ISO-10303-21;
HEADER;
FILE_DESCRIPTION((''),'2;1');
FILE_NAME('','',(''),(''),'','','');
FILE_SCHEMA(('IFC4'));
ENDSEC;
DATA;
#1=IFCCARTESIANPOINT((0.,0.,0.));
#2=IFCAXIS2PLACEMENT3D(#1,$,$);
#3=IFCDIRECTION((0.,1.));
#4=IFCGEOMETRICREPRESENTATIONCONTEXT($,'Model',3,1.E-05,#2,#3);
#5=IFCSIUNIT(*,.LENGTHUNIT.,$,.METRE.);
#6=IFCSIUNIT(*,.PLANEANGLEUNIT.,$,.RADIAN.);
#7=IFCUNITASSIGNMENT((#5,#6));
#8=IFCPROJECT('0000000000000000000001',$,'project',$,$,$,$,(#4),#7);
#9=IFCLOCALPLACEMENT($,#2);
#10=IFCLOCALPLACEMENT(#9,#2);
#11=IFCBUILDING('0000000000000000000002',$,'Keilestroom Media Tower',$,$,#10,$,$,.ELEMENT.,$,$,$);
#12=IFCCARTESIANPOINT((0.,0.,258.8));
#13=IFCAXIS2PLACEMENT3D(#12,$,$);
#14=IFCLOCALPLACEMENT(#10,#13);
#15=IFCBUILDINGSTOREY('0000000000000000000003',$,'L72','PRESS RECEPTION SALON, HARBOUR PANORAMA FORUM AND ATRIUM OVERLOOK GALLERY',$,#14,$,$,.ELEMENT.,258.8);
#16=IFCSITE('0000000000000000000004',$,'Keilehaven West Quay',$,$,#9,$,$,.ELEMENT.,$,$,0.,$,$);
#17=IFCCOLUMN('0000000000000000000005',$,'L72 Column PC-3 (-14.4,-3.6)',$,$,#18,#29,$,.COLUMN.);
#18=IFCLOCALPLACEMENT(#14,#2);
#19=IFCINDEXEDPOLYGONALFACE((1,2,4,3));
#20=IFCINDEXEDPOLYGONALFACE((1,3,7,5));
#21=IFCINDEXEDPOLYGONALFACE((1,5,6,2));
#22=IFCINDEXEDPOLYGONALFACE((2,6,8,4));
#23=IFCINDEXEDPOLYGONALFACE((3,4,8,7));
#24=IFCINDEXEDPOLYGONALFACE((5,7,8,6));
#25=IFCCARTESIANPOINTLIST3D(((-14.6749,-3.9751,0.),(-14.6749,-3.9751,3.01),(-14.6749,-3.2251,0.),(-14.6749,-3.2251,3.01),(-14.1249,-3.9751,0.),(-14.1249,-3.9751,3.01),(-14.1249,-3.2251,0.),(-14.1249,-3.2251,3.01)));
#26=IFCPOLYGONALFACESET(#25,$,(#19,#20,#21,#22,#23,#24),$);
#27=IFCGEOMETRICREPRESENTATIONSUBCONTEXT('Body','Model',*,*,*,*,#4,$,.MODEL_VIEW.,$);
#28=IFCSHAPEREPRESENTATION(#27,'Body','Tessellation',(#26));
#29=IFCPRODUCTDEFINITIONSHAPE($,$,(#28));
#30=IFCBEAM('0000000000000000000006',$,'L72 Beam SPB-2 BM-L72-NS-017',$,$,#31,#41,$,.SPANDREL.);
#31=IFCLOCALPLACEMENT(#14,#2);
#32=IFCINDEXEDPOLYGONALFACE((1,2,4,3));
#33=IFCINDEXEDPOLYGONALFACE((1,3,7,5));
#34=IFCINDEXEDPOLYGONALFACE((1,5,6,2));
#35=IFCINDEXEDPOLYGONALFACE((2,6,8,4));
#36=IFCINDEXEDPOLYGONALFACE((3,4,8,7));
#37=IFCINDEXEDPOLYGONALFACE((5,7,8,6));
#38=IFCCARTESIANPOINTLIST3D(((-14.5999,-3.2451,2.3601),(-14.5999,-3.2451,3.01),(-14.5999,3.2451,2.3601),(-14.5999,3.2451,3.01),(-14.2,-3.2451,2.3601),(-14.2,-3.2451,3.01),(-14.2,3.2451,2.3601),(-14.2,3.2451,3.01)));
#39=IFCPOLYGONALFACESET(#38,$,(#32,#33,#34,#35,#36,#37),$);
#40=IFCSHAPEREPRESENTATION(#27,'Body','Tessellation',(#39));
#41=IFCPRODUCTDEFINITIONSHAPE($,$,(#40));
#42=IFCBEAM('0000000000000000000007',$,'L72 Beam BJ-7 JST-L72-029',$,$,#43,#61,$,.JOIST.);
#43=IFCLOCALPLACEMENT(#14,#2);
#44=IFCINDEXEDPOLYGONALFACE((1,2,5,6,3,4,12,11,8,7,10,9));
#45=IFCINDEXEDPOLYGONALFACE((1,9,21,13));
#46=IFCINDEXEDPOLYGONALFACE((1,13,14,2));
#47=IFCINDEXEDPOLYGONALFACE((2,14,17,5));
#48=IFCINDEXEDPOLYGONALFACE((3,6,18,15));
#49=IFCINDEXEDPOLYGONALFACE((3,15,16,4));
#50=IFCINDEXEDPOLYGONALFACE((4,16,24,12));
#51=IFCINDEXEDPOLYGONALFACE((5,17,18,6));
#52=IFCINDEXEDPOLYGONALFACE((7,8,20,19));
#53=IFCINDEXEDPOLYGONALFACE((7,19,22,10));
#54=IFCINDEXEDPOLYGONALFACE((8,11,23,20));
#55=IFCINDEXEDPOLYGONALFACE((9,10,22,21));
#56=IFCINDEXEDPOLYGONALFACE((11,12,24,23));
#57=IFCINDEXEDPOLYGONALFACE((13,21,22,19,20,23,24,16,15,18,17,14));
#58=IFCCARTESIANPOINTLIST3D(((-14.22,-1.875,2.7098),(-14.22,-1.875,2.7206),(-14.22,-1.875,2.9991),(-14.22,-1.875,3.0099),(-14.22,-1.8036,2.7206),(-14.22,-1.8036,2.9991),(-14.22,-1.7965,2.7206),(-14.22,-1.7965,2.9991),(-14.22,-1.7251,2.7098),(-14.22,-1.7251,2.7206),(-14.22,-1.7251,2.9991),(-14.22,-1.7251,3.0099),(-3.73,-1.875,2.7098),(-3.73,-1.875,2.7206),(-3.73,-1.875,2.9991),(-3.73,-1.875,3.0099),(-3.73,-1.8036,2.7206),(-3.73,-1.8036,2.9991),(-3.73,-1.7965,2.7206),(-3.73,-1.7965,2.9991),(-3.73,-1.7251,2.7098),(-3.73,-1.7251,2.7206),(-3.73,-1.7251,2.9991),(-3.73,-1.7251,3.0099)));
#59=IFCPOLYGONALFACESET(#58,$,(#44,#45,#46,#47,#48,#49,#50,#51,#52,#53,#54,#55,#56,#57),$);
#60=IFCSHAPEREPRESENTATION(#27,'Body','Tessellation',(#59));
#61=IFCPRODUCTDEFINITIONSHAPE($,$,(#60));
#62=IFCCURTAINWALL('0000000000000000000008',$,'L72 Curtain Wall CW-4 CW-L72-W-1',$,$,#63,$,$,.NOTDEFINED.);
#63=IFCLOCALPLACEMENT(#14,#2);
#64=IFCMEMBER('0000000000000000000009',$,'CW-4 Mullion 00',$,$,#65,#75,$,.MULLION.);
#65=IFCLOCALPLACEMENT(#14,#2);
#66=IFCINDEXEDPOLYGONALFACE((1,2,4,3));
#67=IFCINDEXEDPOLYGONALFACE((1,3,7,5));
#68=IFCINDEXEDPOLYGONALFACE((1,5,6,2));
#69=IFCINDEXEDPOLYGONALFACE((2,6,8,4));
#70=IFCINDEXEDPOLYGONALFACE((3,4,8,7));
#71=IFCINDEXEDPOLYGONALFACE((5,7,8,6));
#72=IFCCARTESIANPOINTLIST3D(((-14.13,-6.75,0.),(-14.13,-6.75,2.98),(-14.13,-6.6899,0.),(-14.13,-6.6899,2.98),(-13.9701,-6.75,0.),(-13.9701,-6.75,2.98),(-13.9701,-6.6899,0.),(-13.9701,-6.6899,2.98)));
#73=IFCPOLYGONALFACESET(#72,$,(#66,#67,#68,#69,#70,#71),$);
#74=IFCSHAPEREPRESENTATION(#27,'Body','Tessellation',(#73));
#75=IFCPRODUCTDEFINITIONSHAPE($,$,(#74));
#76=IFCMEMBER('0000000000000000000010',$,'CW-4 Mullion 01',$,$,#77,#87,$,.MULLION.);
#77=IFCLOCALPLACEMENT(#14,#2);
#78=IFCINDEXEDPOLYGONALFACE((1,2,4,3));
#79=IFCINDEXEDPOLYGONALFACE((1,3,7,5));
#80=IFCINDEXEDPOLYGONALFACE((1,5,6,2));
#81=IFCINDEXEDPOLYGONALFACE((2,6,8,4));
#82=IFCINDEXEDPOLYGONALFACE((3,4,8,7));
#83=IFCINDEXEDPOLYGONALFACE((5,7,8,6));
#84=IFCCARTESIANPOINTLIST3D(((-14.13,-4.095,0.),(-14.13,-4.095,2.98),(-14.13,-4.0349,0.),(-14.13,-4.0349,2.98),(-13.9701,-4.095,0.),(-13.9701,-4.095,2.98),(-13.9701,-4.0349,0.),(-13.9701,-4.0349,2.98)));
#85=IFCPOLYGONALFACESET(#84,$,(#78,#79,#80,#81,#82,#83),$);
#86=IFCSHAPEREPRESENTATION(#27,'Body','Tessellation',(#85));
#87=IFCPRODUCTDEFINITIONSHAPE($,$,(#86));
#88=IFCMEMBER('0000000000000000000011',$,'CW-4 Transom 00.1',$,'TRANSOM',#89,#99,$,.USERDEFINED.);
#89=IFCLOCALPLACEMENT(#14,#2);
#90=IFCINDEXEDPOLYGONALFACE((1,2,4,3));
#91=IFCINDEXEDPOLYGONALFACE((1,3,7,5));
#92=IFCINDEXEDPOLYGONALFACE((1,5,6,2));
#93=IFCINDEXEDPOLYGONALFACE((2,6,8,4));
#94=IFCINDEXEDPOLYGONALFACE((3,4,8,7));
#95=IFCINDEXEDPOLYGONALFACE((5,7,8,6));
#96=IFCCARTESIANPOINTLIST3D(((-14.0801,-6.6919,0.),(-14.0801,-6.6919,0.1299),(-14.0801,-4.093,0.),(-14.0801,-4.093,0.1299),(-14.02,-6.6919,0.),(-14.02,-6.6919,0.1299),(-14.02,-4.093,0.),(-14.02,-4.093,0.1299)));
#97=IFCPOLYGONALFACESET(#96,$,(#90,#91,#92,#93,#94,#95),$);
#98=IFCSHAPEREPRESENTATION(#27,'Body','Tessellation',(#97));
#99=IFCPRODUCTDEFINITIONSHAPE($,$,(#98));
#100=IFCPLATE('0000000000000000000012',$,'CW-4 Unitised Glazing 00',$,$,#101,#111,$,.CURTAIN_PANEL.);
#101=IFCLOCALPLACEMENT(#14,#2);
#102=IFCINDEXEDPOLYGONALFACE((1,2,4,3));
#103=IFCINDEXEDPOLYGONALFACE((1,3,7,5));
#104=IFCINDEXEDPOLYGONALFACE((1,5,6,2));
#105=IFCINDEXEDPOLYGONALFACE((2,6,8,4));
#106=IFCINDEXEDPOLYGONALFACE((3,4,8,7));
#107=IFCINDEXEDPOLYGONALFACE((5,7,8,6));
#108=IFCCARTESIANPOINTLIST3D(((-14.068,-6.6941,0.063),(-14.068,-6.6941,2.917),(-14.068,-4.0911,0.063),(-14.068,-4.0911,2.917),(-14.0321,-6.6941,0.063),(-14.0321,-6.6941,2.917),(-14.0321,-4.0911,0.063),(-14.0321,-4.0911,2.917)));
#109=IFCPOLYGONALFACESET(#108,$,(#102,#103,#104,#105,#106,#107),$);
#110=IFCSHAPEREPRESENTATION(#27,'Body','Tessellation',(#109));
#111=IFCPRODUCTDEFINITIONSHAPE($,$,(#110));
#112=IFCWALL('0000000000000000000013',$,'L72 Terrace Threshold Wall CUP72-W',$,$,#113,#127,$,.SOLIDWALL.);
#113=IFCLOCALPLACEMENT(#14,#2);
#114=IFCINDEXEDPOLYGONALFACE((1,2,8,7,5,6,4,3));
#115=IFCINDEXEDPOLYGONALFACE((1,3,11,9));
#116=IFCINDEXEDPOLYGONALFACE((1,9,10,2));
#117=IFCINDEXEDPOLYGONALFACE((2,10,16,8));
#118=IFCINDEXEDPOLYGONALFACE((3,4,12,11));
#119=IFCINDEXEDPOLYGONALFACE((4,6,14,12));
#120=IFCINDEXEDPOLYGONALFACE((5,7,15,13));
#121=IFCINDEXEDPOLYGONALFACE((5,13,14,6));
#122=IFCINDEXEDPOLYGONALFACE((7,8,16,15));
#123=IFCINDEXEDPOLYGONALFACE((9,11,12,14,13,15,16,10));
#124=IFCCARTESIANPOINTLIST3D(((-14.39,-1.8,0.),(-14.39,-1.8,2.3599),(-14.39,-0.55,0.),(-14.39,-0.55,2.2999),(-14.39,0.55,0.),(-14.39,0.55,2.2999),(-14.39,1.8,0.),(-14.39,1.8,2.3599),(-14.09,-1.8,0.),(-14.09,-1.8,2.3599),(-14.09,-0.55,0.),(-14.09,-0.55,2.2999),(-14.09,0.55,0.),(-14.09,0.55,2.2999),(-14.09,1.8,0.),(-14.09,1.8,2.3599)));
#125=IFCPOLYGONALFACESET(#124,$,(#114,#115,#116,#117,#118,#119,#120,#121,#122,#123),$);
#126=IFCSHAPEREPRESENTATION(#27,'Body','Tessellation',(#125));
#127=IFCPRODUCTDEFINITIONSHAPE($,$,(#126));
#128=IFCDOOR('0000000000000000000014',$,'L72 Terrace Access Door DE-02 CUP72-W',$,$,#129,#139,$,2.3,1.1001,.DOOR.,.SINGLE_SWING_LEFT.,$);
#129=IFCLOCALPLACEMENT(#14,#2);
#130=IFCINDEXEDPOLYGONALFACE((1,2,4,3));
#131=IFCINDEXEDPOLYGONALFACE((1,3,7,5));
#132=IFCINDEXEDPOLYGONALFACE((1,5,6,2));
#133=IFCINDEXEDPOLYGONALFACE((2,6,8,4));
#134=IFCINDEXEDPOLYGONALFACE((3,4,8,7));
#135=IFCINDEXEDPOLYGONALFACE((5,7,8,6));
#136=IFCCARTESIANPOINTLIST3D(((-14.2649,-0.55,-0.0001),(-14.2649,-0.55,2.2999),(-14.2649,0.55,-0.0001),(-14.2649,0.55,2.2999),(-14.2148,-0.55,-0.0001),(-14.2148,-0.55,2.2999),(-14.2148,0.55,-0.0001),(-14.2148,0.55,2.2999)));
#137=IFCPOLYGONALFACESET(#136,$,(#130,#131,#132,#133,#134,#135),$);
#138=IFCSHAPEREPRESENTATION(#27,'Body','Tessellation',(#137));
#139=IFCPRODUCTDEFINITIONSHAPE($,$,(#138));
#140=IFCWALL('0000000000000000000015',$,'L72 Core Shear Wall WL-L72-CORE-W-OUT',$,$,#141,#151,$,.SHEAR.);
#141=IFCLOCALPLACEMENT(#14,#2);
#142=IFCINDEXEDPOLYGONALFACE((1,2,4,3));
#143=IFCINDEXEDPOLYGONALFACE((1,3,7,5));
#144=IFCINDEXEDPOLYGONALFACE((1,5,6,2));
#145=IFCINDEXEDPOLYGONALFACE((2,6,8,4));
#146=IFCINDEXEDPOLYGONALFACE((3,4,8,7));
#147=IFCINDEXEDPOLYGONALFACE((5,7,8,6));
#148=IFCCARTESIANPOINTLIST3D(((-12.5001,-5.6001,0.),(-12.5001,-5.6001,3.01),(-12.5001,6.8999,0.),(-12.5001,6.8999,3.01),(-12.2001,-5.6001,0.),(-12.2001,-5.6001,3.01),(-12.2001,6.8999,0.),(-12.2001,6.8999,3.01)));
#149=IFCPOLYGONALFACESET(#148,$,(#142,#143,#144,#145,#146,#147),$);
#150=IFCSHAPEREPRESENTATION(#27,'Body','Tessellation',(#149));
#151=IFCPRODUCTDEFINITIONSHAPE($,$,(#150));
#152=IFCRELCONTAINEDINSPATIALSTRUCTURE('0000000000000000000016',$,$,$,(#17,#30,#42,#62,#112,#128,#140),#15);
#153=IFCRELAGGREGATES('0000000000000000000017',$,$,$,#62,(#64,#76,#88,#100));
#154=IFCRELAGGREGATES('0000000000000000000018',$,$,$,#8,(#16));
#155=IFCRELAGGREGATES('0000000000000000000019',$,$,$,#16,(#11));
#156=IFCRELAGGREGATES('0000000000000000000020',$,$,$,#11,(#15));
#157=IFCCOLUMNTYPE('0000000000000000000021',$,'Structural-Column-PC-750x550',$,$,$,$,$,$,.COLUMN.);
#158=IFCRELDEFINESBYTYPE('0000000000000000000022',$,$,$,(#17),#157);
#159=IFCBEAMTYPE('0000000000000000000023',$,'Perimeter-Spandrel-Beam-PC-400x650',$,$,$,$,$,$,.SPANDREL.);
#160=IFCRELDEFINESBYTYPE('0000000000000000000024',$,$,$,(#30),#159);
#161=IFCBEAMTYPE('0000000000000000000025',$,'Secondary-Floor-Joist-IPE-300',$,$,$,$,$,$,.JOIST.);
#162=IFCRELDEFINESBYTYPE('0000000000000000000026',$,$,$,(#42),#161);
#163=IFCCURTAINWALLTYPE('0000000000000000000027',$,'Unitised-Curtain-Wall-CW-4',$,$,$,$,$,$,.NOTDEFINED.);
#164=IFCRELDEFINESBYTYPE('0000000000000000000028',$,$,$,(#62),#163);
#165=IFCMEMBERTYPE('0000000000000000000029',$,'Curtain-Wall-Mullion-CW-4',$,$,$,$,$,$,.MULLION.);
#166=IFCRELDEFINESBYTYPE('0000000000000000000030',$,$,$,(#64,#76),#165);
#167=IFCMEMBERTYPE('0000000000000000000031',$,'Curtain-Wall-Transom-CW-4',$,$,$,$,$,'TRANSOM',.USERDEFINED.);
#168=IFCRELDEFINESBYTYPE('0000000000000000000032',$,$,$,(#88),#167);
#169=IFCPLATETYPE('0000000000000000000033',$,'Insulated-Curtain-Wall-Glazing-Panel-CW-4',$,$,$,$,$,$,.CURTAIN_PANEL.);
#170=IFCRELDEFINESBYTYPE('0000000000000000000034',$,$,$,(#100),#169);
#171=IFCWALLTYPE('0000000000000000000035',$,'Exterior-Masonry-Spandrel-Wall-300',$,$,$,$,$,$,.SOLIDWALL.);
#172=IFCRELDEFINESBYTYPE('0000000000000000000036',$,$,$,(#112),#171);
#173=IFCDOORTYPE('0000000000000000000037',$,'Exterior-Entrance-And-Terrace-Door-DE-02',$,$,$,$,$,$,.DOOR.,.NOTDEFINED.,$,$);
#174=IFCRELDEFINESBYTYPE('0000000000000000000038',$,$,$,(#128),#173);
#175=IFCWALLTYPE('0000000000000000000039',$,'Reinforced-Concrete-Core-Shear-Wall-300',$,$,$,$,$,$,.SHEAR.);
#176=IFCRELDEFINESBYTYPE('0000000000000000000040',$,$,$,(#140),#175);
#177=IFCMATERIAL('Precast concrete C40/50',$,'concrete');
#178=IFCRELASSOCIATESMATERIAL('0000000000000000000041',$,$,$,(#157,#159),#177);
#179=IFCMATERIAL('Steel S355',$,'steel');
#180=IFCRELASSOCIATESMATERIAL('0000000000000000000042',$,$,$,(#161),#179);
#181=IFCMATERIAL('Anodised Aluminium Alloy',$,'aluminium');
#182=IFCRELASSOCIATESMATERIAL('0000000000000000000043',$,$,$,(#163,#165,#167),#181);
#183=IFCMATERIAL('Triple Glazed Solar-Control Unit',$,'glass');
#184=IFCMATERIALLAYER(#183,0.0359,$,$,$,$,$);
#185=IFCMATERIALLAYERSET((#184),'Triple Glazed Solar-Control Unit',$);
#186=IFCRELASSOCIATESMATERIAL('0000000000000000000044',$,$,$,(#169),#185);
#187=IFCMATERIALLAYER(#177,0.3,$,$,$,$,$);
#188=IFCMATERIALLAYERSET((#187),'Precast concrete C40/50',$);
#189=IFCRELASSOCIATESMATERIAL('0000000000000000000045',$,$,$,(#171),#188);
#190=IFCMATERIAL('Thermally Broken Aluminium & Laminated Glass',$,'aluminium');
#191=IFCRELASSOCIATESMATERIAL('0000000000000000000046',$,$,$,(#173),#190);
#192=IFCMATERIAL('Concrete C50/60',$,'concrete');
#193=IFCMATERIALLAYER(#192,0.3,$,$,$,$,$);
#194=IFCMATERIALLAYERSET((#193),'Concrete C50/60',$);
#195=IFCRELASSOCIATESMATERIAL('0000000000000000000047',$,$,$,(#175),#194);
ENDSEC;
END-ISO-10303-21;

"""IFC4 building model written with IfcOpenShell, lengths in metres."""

from ifc_helpers import new_model, si_unit, direction, frame, frame_2d, origin, origin_2d, place, context, subcontext, project, spatial, rectangle, i_section, extrude, source, transform, mapped, material, layer, layer_set, material_profile, profile_set, type_object, element, fill, aggregate, save


model = new_model("IFC4")

# Units and contexts
model_context = context("Model", 3, precision=1e-05, world=origin(), true_north=direction((0.0, 1.0)))
body_context = subcontext(model_context, "Body", "Model", "MODEL_VIEW")
ifc_project = project(units=[si_unit("LENGTHUNIT", "METRE"), si_unit("PLANEANGLEUNIT", "RADIAN")], contexts=[model_context])

# Site, building, storey
site_placement = place(None, origin())
site = spatial("IfcSite", under=ifc_project, at=site_placement, Name="Keilehaven West Quay", CompositionType="ELEMENT", RefElevation=0.0)
building_placement = place(site_placement, origin())
building = spatial("IfcBuilding", under=site, at=building_placement, Name="Keilestroom Media Tower", CompositionType="ELEMENT")
storey_placement = place(building_placement, frame((0.0, 0.0, 258.8)))
storey = spatial("IfcBuildingStorey", under=building, at=storey_placement, Name="L72", Description="PRESS RECEPTION SALON, HARBOUR PANORAMA FORUM AND ATRIUM OVERLOOK GALLERY", CompositionType="ELEMENT", Elevation=258.8)

# Column
ifc_material_1 = material(Name="Precast concrete C40/50", Category="concrete")
ifc_material_profile_1 = material_profile(ifc_material_1, rectangle(XDim=0.55, YDim=0.75, at=origin_2d()), Name="PC 750x550")
ifc_profile_set_1 = profile_set([ifc_material_profile_1], Name="Precast concrete C40/50")
column_type = type_object("IfcColumnType", Name="Structural-Column-PC-750x550", PredefinedType="COLUMN", material=ifc_profile_set_1)
shared_shape_1 = source(origin(), body_context, "Body", "SweptSolid", [
    extrude(rectangle(XDim=0.55, YDim=0.75, at=origin_2d()), origin(), (0.0, 0.0, 1.0), 3.01),
])
column_placement = place(storey_placement, frame((-14.3999, -3.6001, 0.0), z_axis=(0.0, 0.0, 1.0), x_axis=(1.0, 0.0, 0.0)))
element("IfcColumn", 1, at=column_placement, inside=storey, type_object=column_type, Name="L72 Column PC-3 (-14.4,-3.6)", PredefinedType="COLUMN", context=body_context, shape_type="MappedRepresentation", body=[
    mapped(shared_shape_1, transform((0.0, 0.0, 0.0), x_axis=(1.0, 0.0, 0.0), y_axis=(0.0, 1.0, 0.0), z_axis=(0.0, 0.0, 1.0), scale=1.0)),
])

# Beams
ifc_material_profile_2 = material_profile(ifc_material_1, rectangle(XDim=0.3999, YDim=0.6499, at=origin_2d()), Name="PC 400x650")
ifc_profile_set_2 = profile_set([ifc_material_profile_2], Name="Precast concrete C40/50")
beam_type_1 = type_object("IfcBeamType", Name="Perimeter-Spandrel-Beam-PC-400x650", PredefinedType="SPANDREL", material=ifc_profile_set_2)
shared_shape_2 = source(origin(), body_context, "Body", "SweptSolid", [
    extrude(rectangle(XDim=0.3999, YDim=0.6499, at=origin_2d()), origin(), (0.0, 0.0, 1.0), 6.4902),
])
beam_1_placement = place(storey_placement, frame((-14.3999, -3.2451, 2.6851), z_axis=(0.0, 1.0, 0.0), x_axis=(-1.0, 0.0, 0.0)))
element("IfcBeam", 2, at=beam_1_placement, inside=storey, type_object=beam_type_1, Name="L72 Beam SPB-2 BM-L72-NS-017", PredefinedType="SPANDREL", context=body_context, shape_type="MappedRepresentation", body=[
    mapped(shared_shape_2, transform((0.0, 0.0, 0.0), x_axis=(1.0, 0.0, 0.0), y_axis=(0.0, 1.0, 0.0), z_axis=(0.0, 0.0, 1.0), scale=1.0)),
])
ifc_material_2 = material(Name="Steel S355", Category="steel")
ifc_material_profile_3 = material_profile(ifc_material_2, i_section(OverallWidth=0.1499, OverallDepth=0.3, WebThickness=0.0071, FlangeThickness=0.0107, at=origin_2d()), Name="IPE 300")
ifc_profile_set_3 = profile_set([ifc_material_profile_3], Name="Steel S355")
beam_type_2 = type_object("IfcBeamType", Name="Secondary-Floor-Joist-IPE-300", PredefinedType="JOIST", material=ifc_profile_set_3)
shared_shape_3 = source(origin(), body_context, "Body", "SweptSolid", [
    extrude(i_section(OverallWidth=0.1499, OverallDepth=0.3, WebThickness=0.0071, FlangeThickness=0.0107, at=origin_2d()), origin(), (0.0, 0.0, 1.0), 10.49),
])
beam_2_placement = place(storey_placement, frame((-14.22, -1.8, 2.8599), z_axis=(1.0, 0.0, 0.0), x_axis=(0.0, 1.0, 0.0)))
element("IfcBeam", 3, at=beam_2_placement, inside=storey, type_object=beam_type_2, Name="L72 Beam BJ-7 JST-L72-029", PredefinedType="JOIST", context=body_context, shape_type="MappedRepresentation", body=[
    mapped(shared_shape_3, transform((0.0, 0.0, 0.0), x_axis=(1.0, 0.0, 0.0), y_axis=(0.0, 1.0, 0.0), z_axis=(0.0, 0.0, 1.0), scale=1.0)),
])

# Curtain wall, members, plate
ifc_material_3 = material(Name="Anodised Aluminium Alloy", Category="aluminium")
curtain_wall_type = type_object("IfcCurtainWallType", Name="Unitised-Curtain-Wall-CW-4", PredefinedType="NOTDEFINED", material=ifc_material_3)
curtain_wall_placement = place(storey_placement, origin())
curtain_wall = element("IfcCurtainWall", 4, at=curtain_wall_placement, inside=storey, type_object=curtain_wall_type, Name="L72 Curtain Wall CW-4 CW-L72-W-1", PredefinedType="NOTDEFINED")
ifc_material_profile_4 = material_profile(ifc_material_3, rectangle(XDim=0.0601, YDim=0.1599, at=origin_2d()), Name="ALU MULLION 60x160")
ifc_profile_set_4 = profile_set([ifc_material_profile_4], Name="Anodised Aluminium Alloy")
member_type_1 = type_object("IfcMemberType", Name="Curtain-Wall-Mullion-CW-4", PredefinedType="MULLION", material=ifc_profile_set_4)
shared_shape_4 = source(origin(), body_context, "Body", "SweptSolid", [
    extrude(rectangle(XDim=0.0601, YDim=0.1599, at=origin_2d()), origin(), (0.0, 0.0, 1.0), 2.98),
])
member_1_placement = place(storey_placement, frame((-14.05, -6.72, 0.0), z_axis=(0.0, 0.0, 1.0), x_axis=(0.0, 1.0, 0.0)))
member_1 = element("IfcMember", 5, at=member_1_placement, type_object=member_type_1, Name="CW-4 Mullion 00", PredefinedType="MULLION", context=body_context, shape_type="MappedRepresentation", body=[
    mapped(shared_shape_4, transform((0.0, 0.0, 0.0), x_axis=(1.0, 0.0, 0.0), y_axis=(0.0, 1.0, 0.0), z_axis=(0.0, 0.0, 1.0), scale=1.0)),
])
member_2_placement = place(storey_placement, frame((-14.05, -4.0649, 0.0), z_axis=(0.0, 0.0, 1.0), x_axis=(0.0, 1.0, 0.0)))
member_2 = element("IfcMember", 6, at=member_2_placement, type_object=member_type_1, Name="CW-4 Mullion 01", PredefinedType="MULLION", context=body_context, shape_type="MappedRepresentation", body=[
    mapped(shared_shape_4, transform((0.0, 0.0, 0.0), x_axis=(1.0, 0.0, 0.0), y_axis=(0.0, 1.0, 0.0), z_axis=(0.0, 0.0, 1.0), scale=1.0)),
])
ifc_material_profile_5 = material_profile(ifc_material_3, rectangle(XDim=0.0601, YDim=0.1299, at=origin_2d()), Name="ALU TRANSOM 60x130")
ifc_profile_set_5 = profile_set([ifc_material_profile_5], Name="Anodised Aluminium Alloy")
member_type_2 = type_object("IfcMemberType", Name="Curtain-Wall-Transom-CW-4", ElementType="TRANSOM", PredefinedType="USERDEFINED", material=ifc_profile_set_5)
shared_shape_5 = source(origin(), body_context, "Body", "SweptSolid", [
    extrude(rectangle(XDim=0.0601, YDim=0.1299, at=origin_2d()), origin(), (0.0, 0.0, 1.0), 2.5989),
])
member_3_placement = place(storey_placement, frame((-14.05, -6.6919, 0.0649), z_axis=(0.0, 1.0, 0.0), x_axis=(-1.0, 0.0, 0.0)))
member_3 = element("IfcMember", 7, at=member_3_placement, type_object=member_type_2, Name="CW-4 Transom 00.1", ObjectType="TRANSOM", PredefinedType="USERDEFINED", context=body_context, shape_type="MappedRepresentation", body=[
    mapped(shared_shape_5, transform((0.0, 0.0, 0.0), x_axis=(1.0, 0.0, 0.0), y_axis=(0.0, 1.0, 0.0), z_axis=(0.0, 0.0, 1.0), scale=1.0)),
])
ifc_material_4 = material(Name="Triple Glazed Solar-Control Unit", Category="glass")
ifc_layer_1 = layer(ifc_material_4, 0.0359)
ifc_layer_set_1 = layer_set([ifc_layer_1], Name="Triple Glazed Solar-Control Unit")
plate_type = type_object("IfcPlateType", Name="Insulated-Curtain-Wall-Glazing-Panel-CW-4", PredefinedType="CURTAIN_PANEL", material=ifc_layer_set_1)
shared_shape_6 = source(origin(), body_context, "Body", "SweptSolid", [
    extrude(rectangle(XDim=2.603, YDim=0.0359, at=origin_2d()), origin(), (0.0, 0.0, 1.0), 2.854),
])
plate_placement = place(storey_placement, frame((-14.05, -5.3926, 0.063), z_axis=(0.0, 0.0, 1.0), x_axis=(0.0, 1.0, 0.0)))
plate = element("IfcPlate", 8, at=plate_placement, type_object=plate_type, Name="CW-4 Unitised Glazing 00", PredefinedType="CURTAIN_PANEL", context=body_context, shape_type="MappedRepresentation", body=[
    mapped(shared_shape_6, transform((0.0, 0.0, 0.0), x_axis=(1.0, 0.0, 0.0), y_axis=(0.0, 1.0, 0.0), z_axis=(0.0, 0.0, 1.0), scale=1.0)),
])
aggregate(curtain_wall, [member_1, member_2, member_3, plate])

# Wall, opening, door
ifc_layer_2 = layer(ifc_material_1, 0.3)
ifc_layer_set_2 = layer_set([ifc_layer_2], Name="Precast concrete C40/50")
wall_type_1 = type_object("IfcWallType", Name="Exterior-Masonry-Spandrel-Wall-300", PredefinedType="SOLIDWALL", material=ifc_layer_set_2)
wall_1_placement = place(storey_placement, frame((-14.24, -1.8, 0.0), z_axis=(0.0, 0.0, 1.0), x_axis=(0.0, 1.0, 0.0)))
wall_1 = element("IfcWall", 9, at=wall_1_placement, inside=storey, type_object=wall_type_1, Name="L72 Terrace Threshold Wall CUP72-W", PredefinedType="SOLIDWALL", context=body_context, shape_type="SweptSolid", body=[
    extrude(rectangle(XDim=3.6001, YDim=0.3, at=frame_2d((1.8, 0.0))), origin(), (0.0, 0.0, 1.0), 2.3599),
])
opening_placement = place(wall_1_placement, frame((1.25, 0.0, 0.0)))
opening = element("IfcOpeningElement", 10, at=opening_placement, cuts=wall_1, PredefinedType="OPENING", context=body_context, shape_type="SweptSolid", body=[
    extrude(rectangle(XDim=1.1001, YDim=2.3, at=frame_2d((0.55, 1.1499))), frame((0.0, 0.1602, 0.0), z_axis=(0.0, -1.0, 0.0), x_axis=(1.0, 0.0, 0.0)), (0.0, 0.0, 1.0), 0.3201),
])
ifc_material_5 = material(Name="Thermally Broken Aluminium & Laminated Glass", Category="aluminium")
door_type = type_object("IfcDoorType", Name="Exterior-Entrance-And-Terrace-Door-DE-02", OperationType="NOTDEFINED", PredefinedType="DOOR", material=ifc_material_5)
shared_shape_7 = source(origin(), body_context, "Body", "SweptSolid", [
    extrude(rectangle(XDim=1.1001, YDim=2.3, at=frame_2d((0.55, 1.1499))), frame((0.0, 0.0249, 0.0), z_axis=(0.0, -1.0, 0.0), x_axis=(1.0, 0.0, 0.0)), (0.0, 0.0, 1.0), 0.05),
])
door_placement = place(opening_placement, origin())
door = element("IfcDoor", 11, at=door_placement, inside=storey, type_object=door_type, Name="L72 Terrace Access Door DE-02 CUP72-W", OperationType="SINGLE_SWING_LEFT", OverallHeight=2.3, OverallWidth=1.1001, PredefinedType="DOOR", context=body_context, shape_type="MappedRepresentation", body=[
    mapped(shared_shape_7, transform((0.0, 0.0, 0.0), x_axis=(1.0, 0.0, 0.0), y_axis=(0.0, 1.0, 0.0), z_axis=(0.0, 0.0, 1.0), scale=1.0)),
])
fill(opening, door)

# Wall
ifc_material_6 = material(Name="Concrete C50/60", Category="concrete")
ifc_layer_3 = layer(ifc_material_6, 0.3)
ifc_layer_set_3 = layer_set([ifc_layer_3], Name="Concrete C50/60")
wall_type_2 = type_object("IfcWallType", Name="Reinforced-Concrete-Core-Shear-Wall-300", PredefinedType="SHEAR", material=ifc_layer_set_3)
wall_2_placement = place(storey_placement, frame((-12.3501, -5.6001, 0.0), z_axis=(0.0, 0.0, 1.0), x_axis=(0.0, 1.0, 0.0)))
element("IfcWall", 12, at=wall_2_placement, inside=storey, type_object=wall_type_2, Name="L72 Core Shear Wall WL-L72-CORE-W-OUT", PredefinedType="SHEAR", context=body_context, shape_type="SweptSolid", body=[
    extrude(rectangle(XDim=12.5, YDim=0.3, at=frame_2d((6.25, 0.0))), origin(), (0.0, 0.0, 1.0), 3.01),
])

save(model, "model.ifc")
